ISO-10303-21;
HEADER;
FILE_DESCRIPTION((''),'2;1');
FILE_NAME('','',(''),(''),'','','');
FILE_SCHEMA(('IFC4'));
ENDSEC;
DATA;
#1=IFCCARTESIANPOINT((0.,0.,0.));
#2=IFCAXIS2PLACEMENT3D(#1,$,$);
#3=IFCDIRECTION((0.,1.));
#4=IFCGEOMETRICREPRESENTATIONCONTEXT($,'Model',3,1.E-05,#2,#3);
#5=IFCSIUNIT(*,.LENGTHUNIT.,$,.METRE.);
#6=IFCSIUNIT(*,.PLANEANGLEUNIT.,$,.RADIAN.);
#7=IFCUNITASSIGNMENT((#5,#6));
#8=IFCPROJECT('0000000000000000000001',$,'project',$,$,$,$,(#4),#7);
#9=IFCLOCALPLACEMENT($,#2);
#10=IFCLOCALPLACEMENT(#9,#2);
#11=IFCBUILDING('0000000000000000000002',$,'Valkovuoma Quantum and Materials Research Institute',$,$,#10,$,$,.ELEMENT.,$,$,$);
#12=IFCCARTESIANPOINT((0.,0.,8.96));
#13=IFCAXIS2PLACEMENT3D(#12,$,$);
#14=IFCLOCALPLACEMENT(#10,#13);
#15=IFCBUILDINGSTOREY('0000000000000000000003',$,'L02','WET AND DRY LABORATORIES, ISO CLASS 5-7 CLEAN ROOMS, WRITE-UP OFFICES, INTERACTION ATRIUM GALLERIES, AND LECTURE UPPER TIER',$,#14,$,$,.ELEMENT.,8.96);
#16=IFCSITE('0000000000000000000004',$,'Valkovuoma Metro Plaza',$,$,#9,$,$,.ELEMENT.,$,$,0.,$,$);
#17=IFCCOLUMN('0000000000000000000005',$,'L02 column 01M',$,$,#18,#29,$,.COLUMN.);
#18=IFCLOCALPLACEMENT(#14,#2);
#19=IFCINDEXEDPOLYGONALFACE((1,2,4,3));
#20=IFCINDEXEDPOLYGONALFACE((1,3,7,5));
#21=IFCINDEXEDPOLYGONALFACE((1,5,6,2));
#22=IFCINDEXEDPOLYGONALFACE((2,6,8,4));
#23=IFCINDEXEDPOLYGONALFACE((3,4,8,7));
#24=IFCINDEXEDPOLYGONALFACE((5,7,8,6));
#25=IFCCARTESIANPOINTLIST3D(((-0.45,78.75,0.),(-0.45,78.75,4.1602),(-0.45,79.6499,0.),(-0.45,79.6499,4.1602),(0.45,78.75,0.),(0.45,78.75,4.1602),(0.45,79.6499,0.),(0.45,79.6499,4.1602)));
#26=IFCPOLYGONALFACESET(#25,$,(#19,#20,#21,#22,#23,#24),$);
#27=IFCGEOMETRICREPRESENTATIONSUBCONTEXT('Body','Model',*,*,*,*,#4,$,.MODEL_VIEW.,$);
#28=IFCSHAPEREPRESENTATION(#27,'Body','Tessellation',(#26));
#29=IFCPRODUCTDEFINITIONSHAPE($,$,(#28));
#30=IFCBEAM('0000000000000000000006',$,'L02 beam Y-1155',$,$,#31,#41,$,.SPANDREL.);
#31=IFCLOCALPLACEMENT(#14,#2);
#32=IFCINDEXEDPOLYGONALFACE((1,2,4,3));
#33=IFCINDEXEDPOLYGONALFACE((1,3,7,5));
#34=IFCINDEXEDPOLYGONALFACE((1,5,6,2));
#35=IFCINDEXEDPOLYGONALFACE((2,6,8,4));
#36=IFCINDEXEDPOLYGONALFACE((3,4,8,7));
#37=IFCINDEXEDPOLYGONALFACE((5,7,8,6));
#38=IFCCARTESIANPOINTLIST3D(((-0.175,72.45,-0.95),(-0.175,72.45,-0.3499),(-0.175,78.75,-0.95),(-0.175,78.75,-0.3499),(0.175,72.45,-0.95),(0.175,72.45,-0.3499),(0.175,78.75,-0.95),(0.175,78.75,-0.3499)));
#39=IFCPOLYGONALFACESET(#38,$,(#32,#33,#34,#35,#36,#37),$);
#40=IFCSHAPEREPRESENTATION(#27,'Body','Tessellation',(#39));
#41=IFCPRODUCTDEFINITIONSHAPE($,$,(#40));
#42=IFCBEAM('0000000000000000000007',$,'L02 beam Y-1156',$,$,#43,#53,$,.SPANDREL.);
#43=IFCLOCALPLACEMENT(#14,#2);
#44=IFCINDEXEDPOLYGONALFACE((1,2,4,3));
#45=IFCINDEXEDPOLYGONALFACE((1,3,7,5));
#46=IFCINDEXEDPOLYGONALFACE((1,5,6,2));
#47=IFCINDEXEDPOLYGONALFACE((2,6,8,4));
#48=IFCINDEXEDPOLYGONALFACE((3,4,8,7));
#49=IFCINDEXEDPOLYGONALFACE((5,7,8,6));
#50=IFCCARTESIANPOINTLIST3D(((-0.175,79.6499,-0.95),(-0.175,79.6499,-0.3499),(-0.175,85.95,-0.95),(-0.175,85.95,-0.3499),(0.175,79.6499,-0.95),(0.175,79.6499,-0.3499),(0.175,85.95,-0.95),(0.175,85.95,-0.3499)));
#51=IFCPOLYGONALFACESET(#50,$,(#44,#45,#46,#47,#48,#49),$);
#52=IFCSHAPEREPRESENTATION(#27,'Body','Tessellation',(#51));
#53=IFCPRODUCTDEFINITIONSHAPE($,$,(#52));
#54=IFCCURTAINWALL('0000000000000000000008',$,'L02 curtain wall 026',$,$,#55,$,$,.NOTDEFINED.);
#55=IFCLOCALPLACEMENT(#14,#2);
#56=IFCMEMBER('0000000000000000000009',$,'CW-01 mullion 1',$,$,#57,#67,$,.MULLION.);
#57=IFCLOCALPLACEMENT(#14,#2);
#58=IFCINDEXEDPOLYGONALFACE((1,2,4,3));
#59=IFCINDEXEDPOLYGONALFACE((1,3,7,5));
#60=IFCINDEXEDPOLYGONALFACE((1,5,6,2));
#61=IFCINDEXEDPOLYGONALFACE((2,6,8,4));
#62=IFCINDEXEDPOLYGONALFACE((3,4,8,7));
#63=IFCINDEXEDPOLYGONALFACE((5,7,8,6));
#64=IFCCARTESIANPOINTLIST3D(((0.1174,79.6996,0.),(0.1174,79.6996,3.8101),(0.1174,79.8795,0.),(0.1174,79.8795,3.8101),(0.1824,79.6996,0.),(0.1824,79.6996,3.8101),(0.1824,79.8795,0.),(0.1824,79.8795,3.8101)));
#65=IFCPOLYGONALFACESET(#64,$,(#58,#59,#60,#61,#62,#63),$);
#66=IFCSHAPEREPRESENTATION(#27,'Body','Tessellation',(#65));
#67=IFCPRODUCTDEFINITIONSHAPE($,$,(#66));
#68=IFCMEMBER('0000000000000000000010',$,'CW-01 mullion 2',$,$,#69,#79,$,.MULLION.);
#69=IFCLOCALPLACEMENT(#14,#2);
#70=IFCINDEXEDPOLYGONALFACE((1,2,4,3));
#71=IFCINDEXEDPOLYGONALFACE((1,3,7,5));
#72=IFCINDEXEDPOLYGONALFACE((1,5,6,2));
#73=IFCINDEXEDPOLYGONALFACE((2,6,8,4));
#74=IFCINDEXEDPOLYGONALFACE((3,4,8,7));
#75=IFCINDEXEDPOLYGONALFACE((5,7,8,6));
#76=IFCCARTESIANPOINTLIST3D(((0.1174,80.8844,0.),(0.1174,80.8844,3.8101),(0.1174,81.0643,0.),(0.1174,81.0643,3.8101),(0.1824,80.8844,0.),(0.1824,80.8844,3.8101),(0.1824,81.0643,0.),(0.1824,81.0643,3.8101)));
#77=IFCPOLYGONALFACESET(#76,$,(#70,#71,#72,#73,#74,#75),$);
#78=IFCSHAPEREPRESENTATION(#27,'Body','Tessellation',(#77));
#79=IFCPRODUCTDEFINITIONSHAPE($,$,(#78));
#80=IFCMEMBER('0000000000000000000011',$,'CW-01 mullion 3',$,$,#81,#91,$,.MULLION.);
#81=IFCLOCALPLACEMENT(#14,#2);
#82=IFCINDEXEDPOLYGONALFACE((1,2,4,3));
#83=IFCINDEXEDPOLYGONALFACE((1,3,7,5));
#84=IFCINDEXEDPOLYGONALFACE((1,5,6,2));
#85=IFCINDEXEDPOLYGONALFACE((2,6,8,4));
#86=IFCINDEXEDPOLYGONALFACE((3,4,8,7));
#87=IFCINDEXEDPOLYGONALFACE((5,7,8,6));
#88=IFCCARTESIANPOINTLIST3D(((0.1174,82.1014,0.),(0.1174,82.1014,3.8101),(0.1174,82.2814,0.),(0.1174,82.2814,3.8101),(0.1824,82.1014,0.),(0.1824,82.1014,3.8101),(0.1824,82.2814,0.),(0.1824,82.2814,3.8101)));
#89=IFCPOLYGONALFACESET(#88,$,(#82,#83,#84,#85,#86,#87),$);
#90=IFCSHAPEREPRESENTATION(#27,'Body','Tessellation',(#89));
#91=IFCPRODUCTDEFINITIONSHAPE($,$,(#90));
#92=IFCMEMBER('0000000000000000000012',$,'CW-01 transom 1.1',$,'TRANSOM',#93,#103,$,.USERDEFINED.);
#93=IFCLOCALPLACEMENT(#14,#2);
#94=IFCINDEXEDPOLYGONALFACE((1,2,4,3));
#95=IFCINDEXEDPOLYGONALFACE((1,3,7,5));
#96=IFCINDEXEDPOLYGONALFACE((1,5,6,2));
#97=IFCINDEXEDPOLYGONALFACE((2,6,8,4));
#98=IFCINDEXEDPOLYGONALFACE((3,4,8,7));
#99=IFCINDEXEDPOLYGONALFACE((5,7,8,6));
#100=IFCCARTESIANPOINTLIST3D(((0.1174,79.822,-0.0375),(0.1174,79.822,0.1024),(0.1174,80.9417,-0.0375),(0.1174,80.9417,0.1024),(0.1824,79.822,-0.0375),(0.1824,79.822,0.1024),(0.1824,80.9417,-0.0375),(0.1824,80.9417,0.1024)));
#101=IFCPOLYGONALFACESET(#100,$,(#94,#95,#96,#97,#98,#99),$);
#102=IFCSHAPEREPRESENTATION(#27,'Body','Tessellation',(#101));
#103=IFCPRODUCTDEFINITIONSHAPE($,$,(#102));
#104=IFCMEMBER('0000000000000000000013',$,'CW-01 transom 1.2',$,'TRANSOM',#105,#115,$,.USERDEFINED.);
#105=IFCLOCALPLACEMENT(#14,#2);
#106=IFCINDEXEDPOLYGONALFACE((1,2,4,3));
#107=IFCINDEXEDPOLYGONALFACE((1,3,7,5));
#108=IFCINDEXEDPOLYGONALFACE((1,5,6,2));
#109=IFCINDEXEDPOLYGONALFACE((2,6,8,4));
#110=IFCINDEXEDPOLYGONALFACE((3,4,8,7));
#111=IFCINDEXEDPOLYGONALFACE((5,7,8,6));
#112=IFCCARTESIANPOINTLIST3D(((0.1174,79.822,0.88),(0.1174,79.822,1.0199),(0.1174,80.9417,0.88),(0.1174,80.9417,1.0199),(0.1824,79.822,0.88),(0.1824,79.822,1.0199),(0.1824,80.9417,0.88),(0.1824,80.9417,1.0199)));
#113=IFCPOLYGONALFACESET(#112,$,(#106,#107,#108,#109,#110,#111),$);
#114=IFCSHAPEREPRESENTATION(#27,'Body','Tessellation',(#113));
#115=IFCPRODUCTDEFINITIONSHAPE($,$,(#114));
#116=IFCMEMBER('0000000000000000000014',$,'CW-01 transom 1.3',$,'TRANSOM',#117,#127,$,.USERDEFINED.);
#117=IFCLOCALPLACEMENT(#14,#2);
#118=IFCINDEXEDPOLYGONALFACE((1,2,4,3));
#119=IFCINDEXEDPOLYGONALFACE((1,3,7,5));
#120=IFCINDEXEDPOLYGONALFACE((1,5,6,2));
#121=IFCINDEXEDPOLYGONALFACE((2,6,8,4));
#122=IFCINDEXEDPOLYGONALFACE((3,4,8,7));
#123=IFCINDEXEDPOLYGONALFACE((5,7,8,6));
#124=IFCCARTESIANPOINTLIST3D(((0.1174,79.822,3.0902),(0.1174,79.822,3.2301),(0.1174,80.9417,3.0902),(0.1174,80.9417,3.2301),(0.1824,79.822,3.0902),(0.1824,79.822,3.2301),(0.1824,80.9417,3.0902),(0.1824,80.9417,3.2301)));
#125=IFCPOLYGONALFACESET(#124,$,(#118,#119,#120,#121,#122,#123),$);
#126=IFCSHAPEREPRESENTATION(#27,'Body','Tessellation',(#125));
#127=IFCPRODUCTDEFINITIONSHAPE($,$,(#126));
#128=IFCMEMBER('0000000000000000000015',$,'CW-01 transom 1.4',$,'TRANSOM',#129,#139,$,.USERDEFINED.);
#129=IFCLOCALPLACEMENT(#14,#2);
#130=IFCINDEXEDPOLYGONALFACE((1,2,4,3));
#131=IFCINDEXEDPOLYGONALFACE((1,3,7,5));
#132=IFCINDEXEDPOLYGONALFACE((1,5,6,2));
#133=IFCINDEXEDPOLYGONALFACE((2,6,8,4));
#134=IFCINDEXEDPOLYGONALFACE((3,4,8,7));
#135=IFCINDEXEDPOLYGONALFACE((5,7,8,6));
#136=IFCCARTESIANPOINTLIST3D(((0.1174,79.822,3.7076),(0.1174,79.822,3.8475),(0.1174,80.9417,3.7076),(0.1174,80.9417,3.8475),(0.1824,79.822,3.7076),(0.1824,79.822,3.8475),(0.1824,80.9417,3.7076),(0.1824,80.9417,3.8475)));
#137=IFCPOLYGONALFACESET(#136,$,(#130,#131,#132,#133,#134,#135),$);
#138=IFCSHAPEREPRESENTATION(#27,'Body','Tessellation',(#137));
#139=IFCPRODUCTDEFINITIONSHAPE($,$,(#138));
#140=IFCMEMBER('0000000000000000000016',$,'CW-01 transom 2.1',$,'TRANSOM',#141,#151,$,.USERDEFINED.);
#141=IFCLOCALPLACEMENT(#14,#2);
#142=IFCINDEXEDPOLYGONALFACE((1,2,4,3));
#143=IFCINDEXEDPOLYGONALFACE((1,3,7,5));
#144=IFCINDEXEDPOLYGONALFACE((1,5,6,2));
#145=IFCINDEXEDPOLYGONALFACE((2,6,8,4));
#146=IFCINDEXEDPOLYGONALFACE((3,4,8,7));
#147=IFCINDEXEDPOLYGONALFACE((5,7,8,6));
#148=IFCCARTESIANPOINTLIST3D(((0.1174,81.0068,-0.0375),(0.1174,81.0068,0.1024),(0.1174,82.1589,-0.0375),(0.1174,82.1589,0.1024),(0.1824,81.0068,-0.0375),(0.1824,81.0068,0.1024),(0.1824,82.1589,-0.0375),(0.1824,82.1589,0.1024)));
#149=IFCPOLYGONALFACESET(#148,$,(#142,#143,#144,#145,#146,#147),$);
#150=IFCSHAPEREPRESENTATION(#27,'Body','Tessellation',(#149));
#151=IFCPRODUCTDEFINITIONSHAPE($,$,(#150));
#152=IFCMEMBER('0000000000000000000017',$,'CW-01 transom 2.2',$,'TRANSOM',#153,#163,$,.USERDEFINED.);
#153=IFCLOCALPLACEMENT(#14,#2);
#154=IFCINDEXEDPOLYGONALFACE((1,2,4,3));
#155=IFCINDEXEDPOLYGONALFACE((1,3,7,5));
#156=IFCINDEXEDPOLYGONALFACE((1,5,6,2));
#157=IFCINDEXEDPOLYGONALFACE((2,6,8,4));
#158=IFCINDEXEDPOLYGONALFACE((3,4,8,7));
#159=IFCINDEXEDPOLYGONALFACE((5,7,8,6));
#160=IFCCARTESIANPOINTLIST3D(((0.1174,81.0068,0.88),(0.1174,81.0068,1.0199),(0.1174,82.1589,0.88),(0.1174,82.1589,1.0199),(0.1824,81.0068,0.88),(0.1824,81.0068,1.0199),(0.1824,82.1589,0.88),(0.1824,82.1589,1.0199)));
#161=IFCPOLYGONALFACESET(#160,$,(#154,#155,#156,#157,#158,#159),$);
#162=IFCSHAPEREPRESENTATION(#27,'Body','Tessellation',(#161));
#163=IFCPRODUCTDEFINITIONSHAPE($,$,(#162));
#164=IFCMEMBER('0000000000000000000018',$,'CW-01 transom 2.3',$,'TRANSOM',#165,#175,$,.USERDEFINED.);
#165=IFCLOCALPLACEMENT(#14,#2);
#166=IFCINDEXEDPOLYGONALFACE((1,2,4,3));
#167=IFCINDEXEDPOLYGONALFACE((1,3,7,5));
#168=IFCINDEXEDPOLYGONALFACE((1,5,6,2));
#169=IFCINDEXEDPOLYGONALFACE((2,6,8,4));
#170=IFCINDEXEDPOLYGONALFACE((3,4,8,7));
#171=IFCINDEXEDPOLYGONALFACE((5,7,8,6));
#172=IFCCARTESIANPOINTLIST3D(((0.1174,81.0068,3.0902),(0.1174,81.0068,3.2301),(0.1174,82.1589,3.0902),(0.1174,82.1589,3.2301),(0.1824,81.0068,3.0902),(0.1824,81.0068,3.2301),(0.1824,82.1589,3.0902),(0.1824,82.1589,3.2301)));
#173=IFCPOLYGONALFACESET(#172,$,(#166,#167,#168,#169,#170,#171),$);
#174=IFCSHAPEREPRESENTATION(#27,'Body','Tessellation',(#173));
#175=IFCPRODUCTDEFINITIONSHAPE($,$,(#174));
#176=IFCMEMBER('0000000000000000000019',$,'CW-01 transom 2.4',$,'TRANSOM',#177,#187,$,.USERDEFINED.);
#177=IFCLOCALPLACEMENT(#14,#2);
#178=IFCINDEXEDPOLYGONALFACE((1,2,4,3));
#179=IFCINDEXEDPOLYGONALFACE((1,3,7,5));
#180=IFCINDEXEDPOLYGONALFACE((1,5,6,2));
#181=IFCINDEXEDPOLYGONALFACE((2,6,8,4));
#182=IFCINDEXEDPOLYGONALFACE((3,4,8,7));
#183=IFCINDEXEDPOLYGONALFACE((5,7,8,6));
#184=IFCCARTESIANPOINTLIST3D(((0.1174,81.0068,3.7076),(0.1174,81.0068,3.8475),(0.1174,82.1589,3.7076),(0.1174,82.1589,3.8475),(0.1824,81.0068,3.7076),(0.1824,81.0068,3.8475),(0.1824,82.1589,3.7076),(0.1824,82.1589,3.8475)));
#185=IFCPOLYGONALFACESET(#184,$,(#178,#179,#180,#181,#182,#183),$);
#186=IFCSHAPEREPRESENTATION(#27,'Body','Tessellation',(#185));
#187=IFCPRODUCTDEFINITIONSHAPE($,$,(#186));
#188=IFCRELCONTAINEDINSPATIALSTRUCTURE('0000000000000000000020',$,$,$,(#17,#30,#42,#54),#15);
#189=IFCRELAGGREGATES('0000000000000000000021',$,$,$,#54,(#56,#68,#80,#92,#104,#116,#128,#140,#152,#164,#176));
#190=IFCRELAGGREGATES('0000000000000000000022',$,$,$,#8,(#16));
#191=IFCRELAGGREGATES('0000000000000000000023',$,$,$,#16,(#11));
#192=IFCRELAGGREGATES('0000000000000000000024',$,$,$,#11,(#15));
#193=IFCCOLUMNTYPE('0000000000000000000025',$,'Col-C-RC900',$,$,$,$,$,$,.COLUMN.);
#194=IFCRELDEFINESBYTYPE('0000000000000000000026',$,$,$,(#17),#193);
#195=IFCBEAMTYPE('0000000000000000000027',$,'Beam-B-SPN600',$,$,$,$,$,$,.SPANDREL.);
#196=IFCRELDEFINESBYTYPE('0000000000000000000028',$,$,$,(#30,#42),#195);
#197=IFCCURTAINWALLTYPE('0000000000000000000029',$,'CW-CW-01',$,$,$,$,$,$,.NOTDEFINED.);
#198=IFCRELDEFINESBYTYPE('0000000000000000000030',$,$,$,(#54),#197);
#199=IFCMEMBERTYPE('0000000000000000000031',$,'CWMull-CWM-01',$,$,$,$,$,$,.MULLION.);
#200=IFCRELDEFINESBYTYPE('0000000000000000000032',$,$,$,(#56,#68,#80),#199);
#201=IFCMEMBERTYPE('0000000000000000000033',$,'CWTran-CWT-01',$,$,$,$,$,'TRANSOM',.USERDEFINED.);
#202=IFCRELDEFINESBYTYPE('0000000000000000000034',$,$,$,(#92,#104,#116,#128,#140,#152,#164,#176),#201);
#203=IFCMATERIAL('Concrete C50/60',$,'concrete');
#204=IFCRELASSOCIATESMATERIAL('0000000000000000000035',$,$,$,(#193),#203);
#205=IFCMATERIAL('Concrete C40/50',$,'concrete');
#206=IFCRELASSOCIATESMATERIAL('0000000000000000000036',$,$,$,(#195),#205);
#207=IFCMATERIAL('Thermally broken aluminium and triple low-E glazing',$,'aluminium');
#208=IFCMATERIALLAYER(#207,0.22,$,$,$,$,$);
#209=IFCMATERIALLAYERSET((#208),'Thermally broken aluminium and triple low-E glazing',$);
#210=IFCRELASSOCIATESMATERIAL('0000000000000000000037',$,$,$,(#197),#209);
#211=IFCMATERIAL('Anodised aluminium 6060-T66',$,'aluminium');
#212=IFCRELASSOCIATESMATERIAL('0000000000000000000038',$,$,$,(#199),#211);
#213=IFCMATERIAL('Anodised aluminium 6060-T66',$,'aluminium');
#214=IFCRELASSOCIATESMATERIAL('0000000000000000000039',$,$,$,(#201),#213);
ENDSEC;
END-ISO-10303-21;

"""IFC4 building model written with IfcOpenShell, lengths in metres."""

from ifc_helpers import new_model, si_unit, direction, frame, origin, origin_2d, place, context, subcontext, project, spatial, rectangle, extrude, material, layer, layer_set, material_profile, profile_set, type_object, element, aggregate, save


model = new_model("IFC4")

# Units and contexts
model_context = context("Model", 3, precision=1e-05, world=origin(), true_north=direction((0.0, 1.0)))
body_context = subcontext(model_context, "Body", "Model", "MODEL_VIEW")
ifc_project = project(units=[si_unit("LENGTHUNIT", "METRE"), si_unit("PLANEANGLEUNIT", "RADIAN")], contexts=[model_context])

# Site, building, storey
site_placement = place(None, origin())
site = spatial("IfcSite", under=ifc_project, at=site_placement, Name="Valkovuoma Metro Plaza", CompositionType="ELEMENT", RefElevation=0.0)
building_placement = place(site_placement, origin())
building = spatial("IfcBuilding", under=site, at=building_placement, Name="Valkovuoma Quantum and Materials Research Institute", CompositionType="ELEMENT")
storey_placement = place(building_placement, frame((0.0, 0.0, 8.96)))
storey = spatial("IfcBuildingStorey", under=building, at=storey_placement, Name="L02", Description="WET AND DRY LABORATORIES, ISO CLASS 5-7 CLEAN ROOMS, WRITE-UP OFFICES, INTERACTION ATRIUM GALLERIES, AND LECTURE UPPER TIER", CompositionType="ELEMENT", Elevation=8.96)

# Column
ifc_material_1 = material(Name="Concrete C50/60", Category="concrete")
ifc_material_profile_1 = material_profile(ifc_material_1, rectangle(XDim=0.8999, YDim=0.8999, at=origin_2d()), Name="Concrete C50/60")
ifc_profile_set_1 = profile_set([ifc_material_profile_1], Name="Concrete C50/60")
column_type = type_object("IfcColumnType", Name="Col-C-RC900", PredefinedType="COLUMN", material=ifc_profile_set_1)
column_placement = place(storey_placement, frame((0.0, 79.2, 0.0), z_axis=(0.0, 0.0, 1.0), x_axis=(1.0, 0.0, 0.0)))
element("IfcColumn", 1, at=column_placement, inside=storey, type_object=column_type, Name="L02 column 01M", PredefinedType="COLUMN", context=body_context, shape_type="SweptSolid", body=[
    extrude(rectangle(XDim=0.8999, YDim=0.8999, at=origin_2d()), origin(), (0.0, 0.0, 1.0), 4.1602),
])

# Beams
ifc_material_2 = material(Name="Concrete C40/50", Category="concrete")
ifc_material_profile_2 = material_profile(ifc_material_2, rectangle(XDim=0.3501, YDim=0.6001, at=origin_2d()), Name="Concrete C40/50")
ifc_profile_set_2 = profile_set([ifc_material_profile_2], Name="Concrete C40/50")
beam_type = type_object("IfcBeamType", Name="Beam-B-SPN600", PredefinedType="SPANDREL", material=ifc_profile_set_2)
for number, where, z_axis, x_axis, name in (
    (2, (0.0, 72.45, -0.6499), (0.0, 1.0, 0.0), (-1.0, 0.0, 0.0), "L02 beam Y-1155"),
    (3, (0.0, 79.6499, -0.6499), (0.0, 1.0, 0.0), (-1.0, 0.0, 0.0), "L02 beam Y-1156"),
):
    element("IfcBeam", number, at=place(storey_placement, frame(where, z_axis=z_axis, x_axis=x_axis)), inside=storey, type_object=beam_type, Name=name, PredefinedType="SPANDREL", context=body_context, shape_type="SweptSolid", body=[
        extrude(rectangle(XDim=0.3501, YDim=0.6001, at=origin_2d()), origin(), (0.0, 0.0, 1.0), 6.3),
    ])

# Curtain wall, members
ifc_material_3 = material(Name="Thermally broken aluminium and triple low-E glazing", Category="aluminium")
ifc_layer_1 = layer(ifc_material_3, 0.22)
ifc_layer_set_1 = layer_set([ifc_layer_1], Name="Thermally broken aluminium and triple low-E glazing")
curtain_wall_type = type_object("IfcCurtainWallType", Name="CW-CW-01", PredefinedType="NOTDEFINED", material=ifc_layer_set_1)
curtain_wall_placement = place(storey_placement, origin())
curtain_wall = element("IfcCurtainWall", 4, at=curtain_wall_placement, inside=storey, type_object=curtain_wall_type, Name="L02 curtain wall 026", PredefinedType="NOTDEFINED")
ifc_material_4 = material(Name="Anodised aluminium 6060-T66", Category="aluminium")
ifc_material_profile_3 = material_profile(ifc_material_4, rectangle(XDim=0.0649, YDim=0.1799, at=origin_2d()), Name="Anodised aluminium 6060-T66")
ifc_profile_set_3 = profile_set([ifc_material_profile_3], Name="Anodised aluminium 6060-T66")
member_type_1 = type_object("IfcMemberType", Name="CWMull-CWM-01", PredefinedType="MULLION", material=ifc_profile_set_3)
member_1_placement = place(storey_placement, frame((0.1499, 79.7896, 0.0), z_axis=(0.0, 0.0, 1.0), x_axis=(-1.0, 0.0, 0.0)))
member_1 = element("IfcMember", 5, at=member_1_placement, type_object=member_type_1, Name="CW-01 mullion 1", PredefinedType="MULLION", context=body_context, shape_type="SweptSolid", body=[
    extrude(rectangle(XDim=0.0649, YDim=0.1799, at=origin_2d()), origin(), (0.0, 0.0, 1.0), 3.8101),
])
member_2_placement = place(storey_placement, frame((0.1499, 80.9744, 0.0), z_axis=(0.0, 0.0, 1.0), x_axis=(-1.0, 0.0, 0.0)))
member_2 = element("IfcMember", 6, at=member_2_placement, type_object=member_type_1, Name="CW-01 mullion 2", PredefinedType="MULLION", context=body_context, shape_type="SweptSolid", body=[
    extrude(rectangle(XDim=0.0649, YDim=0.1799, at=origin_2d()), origin(), (0.0, 0.0, 1.0), 3.8101),
])
member_3_placement = place(storey_placement, frame((0.1499, 82.1914, 0.0), z_axis=(0.0, 0.0, 1.0), x_axis=(-1.0, 0.0, 0.0)))
member_3 = element("IfcMember", 7, at=member_3_placement, type_object=member_type_1, Name="CW-01 mullion 3", PredefinedType="MULLION", context=body_context, shape_type="SweptSolid", body=[
    extrude(rectangle(XDim=0.0649, YDim=0.1799, at=origin_2d()), origin(), (0.0, 0.0, 1.0), 3.8101),
])
ifc_material_5 = material(Name="Anodised aluminium 6060-T66", Category="aluminium")
ifc_material_profile_4 = material_profile(ifc_material_5, rectangle(XDim=0.0649, YDim=0.1399, at=origin_2d()), Name="Anodised aluminium 6060-T66")
ifc_profile_set_4 = profile_set([ifc_material_profile_4], Name="Anodised aluminium 6060-T66")
member_type_2 = type_object("IfcMemberType", Name="CWTran-CWT-01", ElementType="TRANSOM", PredefinedType="USERDEFINED", material=ifc_profile_set_4)
member_4_placement = place(storey_placement, frame((0.1499, 79.822, 0.0325), z_axis=(0.0, 1.0, 0.0), x_axis=(-1.0, 0.0, 0.0)))
member_4 = element("IfcMember", 8, at=member_4_placement, type_object=member_type_2, Name="CW-01 transom 1.1", ObjectType="TRANSOM", PredefinedType="USERDEFINED", context=body_context, shape_type="SweptSolid", body=[
    extrude(rectangle(XDim=0.0649, YDim=0.1399, at=origin_2d()), origin(), (0.0, 0.0, 1.0), 1.1196),
])
member_5_placement = place(storey_placement, frame((0.1499, 79.822, 0.95), z_axis=(0.0, 1.0, 0.0), x_axis=(-1.0, 0.0, 0.0)))
member_5 = element("IfcMember", 9, at=member_5_placement, type_object=member_type_2, Name="CW-01 transom 1.2", ObjectType="TRANSOM", PredefinedType="USERDEFINED", context=body_context, shape_type="SweptSolid", body=[
    extrude(rectangle(XDim=0.0649, YDim=0.1399, at=origin_2d()), origin(), (0.0, 0.0, 1.0), 1.1196),
])
member_6_placement = place(storey_placement, frame((0.1499, 79.822, 3.1602), z_axis=(0.0, 1.0, 0.0), x_axis=(-1.0, 0.0, 0.0)))
member_6 = element("IfcMember", 10, at=member_6_placement, type_object=member_type_2, Name="CW-01 transom 1.3", ObjectType="TRANSOM", PredefinedType="USERDEFINED", context=body_context, shape_type="SweptSolid", body=[
    extrude(rectangle(XDim=0.0649, YDim=0.1399, at=origin_2d()), origin(), (0.0, 0.0, 1.0), 1.1196),
])
member_7_placement = place(storey_placement, frame((0.1499, 79.822, 3.7776), z_axis=(0.0, 1.0, 0.0), x_axis=(-1.0, 0.0, 0.0)))
member_7 = element("IfcMember", 11, at=member_7_placement, type_object=member_type_2, Name="CW-01 transom 1.4", ObjectType="TRANSOM", PredefinedType="USERDEFINED", context=body_context, shape_type="SweptSolid", body=[
    extrude(rectangle(XDim=0.0649, YDim=0.1399, at=origin_2d()), origin(), (0.0, 0.0, 1.0), 1.1196),
])
member_8_placement = place(storey_placement, frame((0.1499, 81.0068, 0.0325), z_axis=(0.0, 1.0, 0.0), x_axis=(-1.0, 0.0, 0.0)))
member_8 = element("IfcMember", 12, at=member_8_placement, type_object=member_type_2, Name="CW-01 transom 2.1", ObjectType="TRANSOM", PredefinedType="USERDEFINED", context=body_context, shape_type="SweptSolid", body=[
    extrude(rectangle(XDim=0.0649, YDim=0.1399, at=origin_2d()), origin(), (0.0, 0.0, 1.0), 1.1521),
])
member_9_placement = place(storey_placement, frame((0.1499, 81.0068, 0.95), z_axis=(0.0, 1.0, 0.0), x_axis=(-1.0, 0.0, 0.0)))
member_9 = element("IfcMember", 13, at=member_9_placement, type_object=member_type_2, Name="CW-01 transom 2.2", ObjectType="TRANSOM", PredefinedType="USERDEFINED", context=body_context, shape_type="SweptSolid", body=[
    extrude(rectangle(XDim=0.0649, YDim=0.1399, at=origin_2d()), origin(), (0.0, 0.0, 1.0), 1.1521),
])
member_10_placement = place(storey_placement, frame((0.1499, 81.0068, 3.1602), z_axis=(0.0, 1.0, 0.0), x_axis=(-1.0, 0.0, 0.0)))
member_10 = element("IfcMember", 14, at=member_10_placement, type_object=member_type_2, Name="CW-01 transom 2.3", ObjectType="TRANSOM", PredefinedType="USERDEFINED", context=body_context, shape_type="SweptSolid", body=[
    extrude(rectangle(XDim=0.0649, YDim=0.1399, at=origin_2d()), origin(), (0.0, 0.0, 1.0), 1.1521),
])
member_11_placement = place(storey_placement, frame((0.1499, 81.0068, 3.7776), z_axis=(0.0, 1.0, 0.0), x_axis=(-1.0, 0.0, 0.0)))
member_11 = element("IfcMember", 15, at=member_11_placement, type_object=member_type_2, Name="CW-01 transom 2.4", ObjectType="TRANSOM", PredefinedType="USERDEFINED", context=body_context, shape_type="SweptSolid", body=[
    extrude(rectangle(XDim=0.0649, YDim=0.1399, at=origin_2d()), origin(), (0.0, 0.0, 1.0), 1.1521),
])
aggregate(curtain_wall, [member_1, member_2, member_3, member_4, member_5, member_6, member_7, member_8, member_9, member_10, member_11])

save(model, "model.ifc")
